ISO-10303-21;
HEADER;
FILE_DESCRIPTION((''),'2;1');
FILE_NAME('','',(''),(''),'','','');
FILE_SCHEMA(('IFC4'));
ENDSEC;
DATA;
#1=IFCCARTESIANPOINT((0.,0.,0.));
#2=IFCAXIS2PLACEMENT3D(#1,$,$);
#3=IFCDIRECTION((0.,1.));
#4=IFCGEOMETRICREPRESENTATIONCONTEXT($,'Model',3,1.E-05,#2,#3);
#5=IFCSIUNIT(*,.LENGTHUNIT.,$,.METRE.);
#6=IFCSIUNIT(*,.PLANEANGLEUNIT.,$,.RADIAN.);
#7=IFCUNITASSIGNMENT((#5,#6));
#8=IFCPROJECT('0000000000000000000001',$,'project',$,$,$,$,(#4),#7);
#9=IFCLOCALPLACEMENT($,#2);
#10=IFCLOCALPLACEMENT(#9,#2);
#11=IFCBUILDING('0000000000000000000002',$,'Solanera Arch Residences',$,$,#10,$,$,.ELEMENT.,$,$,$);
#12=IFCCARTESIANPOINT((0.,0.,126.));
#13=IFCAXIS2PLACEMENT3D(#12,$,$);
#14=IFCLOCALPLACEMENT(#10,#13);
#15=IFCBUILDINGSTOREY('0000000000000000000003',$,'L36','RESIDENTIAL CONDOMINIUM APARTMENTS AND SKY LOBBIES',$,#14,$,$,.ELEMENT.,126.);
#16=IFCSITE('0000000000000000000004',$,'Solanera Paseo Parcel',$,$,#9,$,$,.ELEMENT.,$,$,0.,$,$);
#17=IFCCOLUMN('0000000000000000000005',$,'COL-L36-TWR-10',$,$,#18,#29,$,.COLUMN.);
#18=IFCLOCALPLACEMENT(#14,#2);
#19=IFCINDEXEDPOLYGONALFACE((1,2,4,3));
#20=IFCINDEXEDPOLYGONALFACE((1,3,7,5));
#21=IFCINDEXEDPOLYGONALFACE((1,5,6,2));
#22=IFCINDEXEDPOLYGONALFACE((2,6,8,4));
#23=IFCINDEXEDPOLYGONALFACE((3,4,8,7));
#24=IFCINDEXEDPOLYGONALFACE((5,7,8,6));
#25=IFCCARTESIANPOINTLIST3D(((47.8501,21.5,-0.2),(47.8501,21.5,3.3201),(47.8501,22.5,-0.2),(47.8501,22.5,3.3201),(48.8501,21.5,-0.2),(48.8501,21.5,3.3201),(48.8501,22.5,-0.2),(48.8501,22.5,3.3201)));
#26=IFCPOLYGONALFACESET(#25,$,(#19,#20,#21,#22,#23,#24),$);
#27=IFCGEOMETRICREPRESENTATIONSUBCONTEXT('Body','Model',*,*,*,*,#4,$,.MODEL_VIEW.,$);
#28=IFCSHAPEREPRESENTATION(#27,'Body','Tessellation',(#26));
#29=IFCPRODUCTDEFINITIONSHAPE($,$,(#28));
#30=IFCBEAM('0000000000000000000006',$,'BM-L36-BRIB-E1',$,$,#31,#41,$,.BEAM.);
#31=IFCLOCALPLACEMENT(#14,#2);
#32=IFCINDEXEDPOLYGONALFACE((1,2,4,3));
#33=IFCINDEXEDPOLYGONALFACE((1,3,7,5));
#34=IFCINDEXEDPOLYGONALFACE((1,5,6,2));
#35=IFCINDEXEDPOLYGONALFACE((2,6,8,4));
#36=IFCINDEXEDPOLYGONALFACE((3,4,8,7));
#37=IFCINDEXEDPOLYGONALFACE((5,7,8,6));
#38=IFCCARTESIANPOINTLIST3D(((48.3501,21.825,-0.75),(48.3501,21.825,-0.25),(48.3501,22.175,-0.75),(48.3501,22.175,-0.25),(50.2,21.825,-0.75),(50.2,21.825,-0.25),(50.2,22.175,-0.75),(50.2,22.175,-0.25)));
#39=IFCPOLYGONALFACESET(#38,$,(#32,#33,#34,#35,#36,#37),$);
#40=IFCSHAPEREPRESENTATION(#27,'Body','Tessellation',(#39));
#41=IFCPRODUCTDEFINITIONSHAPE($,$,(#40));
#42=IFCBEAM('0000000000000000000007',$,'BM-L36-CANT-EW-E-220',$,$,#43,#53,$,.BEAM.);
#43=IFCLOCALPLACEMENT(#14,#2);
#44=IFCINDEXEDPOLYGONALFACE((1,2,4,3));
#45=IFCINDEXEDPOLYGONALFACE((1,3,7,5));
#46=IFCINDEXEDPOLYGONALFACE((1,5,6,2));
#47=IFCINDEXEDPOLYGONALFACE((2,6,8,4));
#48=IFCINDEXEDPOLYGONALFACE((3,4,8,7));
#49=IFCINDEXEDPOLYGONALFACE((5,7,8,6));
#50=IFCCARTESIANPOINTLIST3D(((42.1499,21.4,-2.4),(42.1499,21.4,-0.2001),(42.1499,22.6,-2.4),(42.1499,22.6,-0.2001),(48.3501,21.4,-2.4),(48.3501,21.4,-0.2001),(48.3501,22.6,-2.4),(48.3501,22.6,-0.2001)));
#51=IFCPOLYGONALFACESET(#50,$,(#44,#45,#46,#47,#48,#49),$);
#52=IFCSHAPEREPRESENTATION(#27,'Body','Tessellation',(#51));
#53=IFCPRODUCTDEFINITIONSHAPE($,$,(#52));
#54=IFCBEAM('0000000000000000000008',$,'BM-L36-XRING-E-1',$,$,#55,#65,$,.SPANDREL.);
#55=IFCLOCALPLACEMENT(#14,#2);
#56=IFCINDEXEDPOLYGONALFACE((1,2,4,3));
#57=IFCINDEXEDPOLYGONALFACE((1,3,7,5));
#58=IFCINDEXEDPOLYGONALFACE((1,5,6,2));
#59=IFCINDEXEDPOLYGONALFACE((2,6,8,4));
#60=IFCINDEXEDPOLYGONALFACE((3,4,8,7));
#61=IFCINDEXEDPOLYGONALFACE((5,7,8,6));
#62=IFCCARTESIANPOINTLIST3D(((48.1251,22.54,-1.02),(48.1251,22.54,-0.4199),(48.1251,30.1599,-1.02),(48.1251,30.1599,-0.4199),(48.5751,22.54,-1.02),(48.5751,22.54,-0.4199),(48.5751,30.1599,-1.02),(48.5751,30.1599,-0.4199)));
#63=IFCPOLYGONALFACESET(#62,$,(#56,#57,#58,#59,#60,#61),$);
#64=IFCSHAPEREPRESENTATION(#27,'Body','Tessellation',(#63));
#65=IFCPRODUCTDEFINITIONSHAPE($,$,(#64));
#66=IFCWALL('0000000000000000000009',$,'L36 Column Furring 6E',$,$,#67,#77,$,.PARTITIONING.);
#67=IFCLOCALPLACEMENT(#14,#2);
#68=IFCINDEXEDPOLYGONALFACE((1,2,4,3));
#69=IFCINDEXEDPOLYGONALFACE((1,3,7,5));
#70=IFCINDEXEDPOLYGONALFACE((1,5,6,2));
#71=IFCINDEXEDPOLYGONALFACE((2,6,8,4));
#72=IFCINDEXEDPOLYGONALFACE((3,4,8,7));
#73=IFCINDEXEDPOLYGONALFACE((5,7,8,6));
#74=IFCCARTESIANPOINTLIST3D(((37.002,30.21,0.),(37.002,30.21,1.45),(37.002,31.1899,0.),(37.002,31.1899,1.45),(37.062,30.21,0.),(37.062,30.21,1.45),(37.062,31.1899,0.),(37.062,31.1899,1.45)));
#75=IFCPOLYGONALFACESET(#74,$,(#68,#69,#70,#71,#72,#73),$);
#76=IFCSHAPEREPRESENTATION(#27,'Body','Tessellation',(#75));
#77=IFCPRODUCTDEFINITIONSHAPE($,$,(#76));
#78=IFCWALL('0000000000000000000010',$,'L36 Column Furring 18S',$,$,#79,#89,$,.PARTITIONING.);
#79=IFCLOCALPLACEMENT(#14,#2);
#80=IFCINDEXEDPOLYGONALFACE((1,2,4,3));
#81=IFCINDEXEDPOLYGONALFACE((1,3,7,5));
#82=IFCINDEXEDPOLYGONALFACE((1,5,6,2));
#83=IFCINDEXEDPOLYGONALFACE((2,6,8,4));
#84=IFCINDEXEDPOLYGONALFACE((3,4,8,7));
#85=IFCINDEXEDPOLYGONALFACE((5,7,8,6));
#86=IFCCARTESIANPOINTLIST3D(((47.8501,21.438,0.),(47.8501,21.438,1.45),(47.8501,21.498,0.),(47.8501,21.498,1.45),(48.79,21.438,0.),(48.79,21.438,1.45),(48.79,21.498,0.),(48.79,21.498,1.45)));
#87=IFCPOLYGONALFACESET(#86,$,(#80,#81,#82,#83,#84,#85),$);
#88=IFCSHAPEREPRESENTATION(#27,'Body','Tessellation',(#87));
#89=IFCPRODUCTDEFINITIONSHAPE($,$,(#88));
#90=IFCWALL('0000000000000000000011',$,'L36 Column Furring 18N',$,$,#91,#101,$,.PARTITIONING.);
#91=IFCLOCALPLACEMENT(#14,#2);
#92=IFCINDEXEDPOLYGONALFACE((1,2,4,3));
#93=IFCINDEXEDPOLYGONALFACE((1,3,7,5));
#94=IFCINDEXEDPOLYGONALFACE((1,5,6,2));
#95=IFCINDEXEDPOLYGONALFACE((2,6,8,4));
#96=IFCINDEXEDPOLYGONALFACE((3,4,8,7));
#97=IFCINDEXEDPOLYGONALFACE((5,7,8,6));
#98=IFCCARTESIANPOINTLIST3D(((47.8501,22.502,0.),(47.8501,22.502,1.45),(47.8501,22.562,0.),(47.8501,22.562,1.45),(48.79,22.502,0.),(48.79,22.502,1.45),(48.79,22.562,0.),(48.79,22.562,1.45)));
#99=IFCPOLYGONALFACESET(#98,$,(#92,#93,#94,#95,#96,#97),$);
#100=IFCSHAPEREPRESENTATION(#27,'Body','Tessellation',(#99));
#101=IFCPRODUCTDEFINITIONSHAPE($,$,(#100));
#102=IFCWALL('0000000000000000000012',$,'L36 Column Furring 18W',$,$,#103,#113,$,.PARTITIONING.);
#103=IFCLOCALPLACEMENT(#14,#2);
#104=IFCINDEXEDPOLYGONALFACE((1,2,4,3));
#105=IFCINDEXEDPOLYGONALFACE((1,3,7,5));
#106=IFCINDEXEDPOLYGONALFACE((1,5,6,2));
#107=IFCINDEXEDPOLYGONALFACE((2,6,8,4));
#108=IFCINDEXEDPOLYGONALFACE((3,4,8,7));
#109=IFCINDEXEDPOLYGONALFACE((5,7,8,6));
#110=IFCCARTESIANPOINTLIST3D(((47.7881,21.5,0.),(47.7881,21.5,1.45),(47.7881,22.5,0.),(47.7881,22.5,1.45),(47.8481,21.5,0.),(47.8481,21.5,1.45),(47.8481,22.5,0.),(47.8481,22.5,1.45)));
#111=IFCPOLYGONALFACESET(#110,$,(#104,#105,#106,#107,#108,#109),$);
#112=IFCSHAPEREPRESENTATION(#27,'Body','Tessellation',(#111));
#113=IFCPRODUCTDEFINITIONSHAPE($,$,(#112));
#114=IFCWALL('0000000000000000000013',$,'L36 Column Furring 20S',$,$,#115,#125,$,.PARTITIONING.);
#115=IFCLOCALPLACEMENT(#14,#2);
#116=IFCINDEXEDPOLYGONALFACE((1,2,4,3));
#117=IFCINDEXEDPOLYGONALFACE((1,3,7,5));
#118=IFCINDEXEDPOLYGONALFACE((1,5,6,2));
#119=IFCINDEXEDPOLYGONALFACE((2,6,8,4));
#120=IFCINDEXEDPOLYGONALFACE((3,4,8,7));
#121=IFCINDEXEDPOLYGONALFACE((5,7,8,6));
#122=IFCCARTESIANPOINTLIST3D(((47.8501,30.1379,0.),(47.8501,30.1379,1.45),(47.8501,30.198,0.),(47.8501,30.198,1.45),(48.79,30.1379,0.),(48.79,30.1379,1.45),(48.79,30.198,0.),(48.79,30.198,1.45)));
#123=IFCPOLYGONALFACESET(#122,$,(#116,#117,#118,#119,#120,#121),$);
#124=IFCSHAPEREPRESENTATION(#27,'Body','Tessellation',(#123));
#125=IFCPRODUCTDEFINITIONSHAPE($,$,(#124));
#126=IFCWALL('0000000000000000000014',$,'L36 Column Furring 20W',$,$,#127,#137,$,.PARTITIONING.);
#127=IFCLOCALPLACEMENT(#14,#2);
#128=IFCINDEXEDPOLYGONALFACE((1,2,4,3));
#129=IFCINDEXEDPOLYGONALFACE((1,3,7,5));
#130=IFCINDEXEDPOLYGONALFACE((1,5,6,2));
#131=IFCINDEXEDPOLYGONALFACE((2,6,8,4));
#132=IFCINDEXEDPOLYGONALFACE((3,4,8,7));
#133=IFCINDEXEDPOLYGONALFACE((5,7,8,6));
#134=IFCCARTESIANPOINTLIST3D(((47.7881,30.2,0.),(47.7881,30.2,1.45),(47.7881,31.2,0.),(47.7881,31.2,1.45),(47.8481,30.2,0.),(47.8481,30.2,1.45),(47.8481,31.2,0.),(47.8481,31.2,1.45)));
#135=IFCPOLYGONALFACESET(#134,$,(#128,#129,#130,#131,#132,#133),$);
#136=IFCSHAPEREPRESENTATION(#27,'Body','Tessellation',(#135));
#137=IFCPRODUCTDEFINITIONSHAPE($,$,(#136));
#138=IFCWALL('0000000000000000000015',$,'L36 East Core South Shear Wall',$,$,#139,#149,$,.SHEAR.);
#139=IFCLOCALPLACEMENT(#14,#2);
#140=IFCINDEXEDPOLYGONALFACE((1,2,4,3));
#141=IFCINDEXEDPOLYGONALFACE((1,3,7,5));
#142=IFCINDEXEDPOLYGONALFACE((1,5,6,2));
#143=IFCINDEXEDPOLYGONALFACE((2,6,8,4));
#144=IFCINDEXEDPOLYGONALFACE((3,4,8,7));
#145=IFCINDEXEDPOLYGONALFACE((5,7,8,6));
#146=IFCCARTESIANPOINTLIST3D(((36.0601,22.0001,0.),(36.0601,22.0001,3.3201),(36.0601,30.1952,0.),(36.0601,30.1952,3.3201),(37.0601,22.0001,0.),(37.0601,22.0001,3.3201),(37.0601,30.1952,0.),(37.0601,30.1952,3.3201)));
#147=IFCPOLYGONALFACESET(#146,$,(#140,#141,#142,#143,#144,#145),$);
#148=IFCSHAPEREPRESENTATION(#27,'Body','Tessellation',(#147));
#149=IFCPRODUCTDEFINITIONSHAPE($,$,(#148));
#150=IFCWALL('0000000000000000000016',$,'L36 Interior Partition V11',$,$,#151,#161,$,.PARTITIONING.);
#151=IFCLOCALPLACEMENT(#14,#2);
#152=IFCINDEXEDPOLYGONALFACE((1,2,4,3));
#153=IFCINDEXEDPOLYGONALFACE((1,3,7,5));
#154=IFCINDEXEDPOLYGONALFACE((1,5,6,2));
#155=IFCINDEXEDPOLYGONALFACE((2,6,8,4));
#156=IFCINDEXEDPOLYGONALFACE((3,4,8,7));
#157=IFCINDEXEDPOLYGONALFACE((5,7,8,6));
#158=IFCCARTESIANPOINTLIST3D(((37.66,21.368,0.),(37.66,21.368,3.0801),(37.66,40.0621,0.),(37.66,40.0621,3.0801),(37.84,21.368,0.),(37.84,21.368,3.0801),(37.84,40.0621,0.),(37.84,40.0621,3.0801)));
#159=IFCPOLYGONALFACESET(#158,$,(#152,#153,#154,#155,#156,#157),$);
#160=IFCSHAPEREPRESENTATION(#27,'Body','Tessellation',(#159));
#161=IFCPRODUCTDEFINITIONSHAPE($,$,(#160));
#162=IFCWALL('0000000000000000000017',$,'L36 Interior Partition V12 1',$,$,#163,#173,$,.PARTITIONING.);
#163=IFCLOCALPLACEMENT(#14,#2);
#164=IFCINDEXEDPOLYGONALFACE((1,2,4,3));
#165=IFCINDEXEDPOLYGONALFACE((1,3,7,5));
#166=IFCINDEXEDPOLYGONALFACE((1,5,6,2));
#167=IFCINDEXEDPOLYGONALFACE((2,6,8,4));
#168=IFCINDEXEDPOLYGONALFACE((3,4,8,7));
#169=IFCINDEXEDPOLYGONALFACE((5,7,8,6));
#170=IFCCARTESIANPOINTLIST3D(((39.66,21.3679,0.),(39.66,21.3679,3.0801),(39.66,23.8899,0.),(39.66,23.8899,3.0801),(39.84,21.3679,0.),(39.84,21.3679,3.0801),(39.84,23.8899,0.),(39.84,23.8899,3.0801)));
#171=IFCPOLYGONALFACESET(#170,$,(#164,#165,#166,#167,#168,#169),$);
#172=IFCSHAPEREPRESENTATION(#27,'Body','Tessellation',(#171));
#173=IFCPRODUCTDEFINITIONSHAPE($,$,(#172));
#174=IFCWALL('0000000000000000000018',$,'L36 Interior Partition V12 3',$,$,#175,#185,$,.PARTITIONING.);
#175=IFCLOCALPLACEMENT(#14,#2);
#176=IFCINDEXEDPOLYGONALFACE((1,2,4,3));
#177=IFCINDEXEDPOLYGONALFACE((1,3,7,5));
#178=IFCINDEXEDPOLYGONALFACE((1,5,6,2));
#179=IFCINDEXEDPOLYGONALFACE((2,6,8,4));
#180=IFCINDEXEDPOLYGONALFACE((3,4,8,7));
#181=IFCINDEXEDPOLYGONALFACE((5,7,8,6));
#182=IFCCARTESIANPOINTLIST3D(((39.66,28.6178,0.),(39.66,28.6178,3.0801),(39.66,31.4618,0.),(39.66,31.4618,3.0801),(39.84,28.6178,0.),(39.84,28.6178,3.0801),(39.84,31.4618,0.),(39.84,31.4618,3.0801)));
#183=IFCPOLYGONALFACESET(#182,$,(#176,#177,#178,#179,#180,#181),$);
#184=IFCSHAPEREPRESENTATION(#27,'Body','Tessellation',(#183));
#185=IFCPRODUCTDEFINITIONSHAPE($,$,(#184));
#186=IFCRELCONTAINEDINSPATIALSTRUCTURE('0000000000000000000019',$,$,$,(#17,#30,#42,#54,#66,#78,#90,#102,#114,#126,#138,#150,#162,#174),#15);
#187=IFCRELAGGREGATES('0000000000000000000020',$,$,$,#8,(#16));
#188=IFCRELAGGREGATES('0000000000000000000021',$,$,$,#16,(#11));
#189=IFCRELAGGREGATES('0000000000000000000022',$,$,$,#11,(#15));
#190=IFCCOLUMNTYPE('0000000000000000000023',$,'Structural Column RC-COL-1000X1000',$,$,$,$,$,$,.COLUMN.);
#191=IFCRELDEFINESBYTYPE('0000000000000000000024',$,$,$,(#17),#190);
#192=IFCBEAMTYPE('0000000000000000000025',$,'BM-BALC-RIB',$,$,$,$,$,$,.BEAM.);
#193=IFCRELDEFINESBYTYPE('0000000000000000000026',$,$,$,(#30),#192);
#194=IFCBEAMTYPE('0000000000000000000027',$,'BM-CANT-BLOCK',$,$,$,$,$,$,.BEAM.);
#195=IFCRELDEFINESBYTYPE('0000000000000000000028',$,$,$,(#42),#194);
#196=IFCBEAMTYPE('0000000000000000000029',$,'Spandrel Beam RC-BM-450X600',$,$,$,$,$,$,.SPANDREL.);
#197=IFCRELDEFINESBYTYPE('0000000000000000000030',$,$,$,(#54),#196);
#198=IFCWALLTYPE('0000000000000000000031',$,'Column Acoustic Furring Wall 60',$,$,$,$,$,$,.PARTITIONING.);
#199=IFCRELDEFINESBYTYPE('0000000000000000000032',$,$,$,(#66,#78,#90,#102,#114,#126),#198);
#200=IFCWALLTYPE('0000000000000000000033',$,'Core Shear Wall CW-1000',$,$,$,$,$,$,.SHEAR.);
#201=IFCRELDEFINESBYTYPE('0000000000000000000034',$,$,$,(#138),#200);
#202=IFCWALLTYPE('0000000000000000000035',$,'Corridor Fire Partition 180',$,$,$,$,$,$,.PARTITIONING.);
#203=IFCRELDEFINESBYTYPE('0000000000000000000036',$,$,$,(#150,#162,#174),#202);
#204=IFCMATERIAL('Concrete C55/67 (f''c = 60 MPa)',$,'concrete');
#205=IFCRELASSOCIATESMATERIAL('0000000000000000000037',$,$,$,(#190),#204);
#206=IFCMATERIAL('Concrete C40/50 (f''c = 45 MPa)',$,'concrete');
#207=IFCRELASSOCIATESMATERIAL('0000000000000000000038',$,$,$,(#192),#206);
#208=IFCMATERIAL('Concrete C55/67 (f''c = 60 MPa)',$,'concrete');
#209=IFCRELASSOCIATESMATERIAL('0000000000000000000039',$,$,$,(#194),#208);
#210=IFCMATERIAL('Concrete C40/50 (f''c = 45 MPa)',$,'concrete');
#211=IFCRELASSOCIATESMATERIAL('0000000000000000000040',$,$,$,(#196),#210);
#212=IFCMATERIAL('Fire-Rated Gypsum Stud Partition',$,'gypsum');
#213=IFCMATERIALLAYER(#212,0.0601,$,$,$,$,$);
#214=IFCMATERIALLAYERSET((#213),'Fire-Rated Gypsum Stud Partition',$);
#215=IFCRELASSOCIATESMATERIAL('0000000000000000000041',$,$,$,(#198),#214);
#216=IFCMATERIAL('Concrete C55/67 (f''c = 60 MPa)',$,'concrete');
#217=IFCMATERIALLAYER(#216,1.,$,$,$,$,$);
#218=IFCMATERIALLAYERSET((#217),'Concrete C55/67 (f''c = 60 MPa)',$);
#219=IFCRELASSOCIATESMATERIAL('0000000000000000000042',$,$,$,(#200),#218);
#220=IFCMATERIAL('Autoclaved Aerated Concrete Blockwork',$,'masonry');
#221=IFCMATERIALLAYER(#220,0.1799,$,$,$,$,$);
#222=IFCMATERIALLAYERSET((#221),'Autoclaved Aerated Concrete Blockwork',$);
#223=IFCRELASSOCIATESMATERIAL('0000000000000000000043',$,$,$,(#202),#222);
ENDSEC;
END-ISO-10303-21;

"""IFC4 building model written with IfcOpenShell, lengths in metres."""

from ifc_helpers import new_model, si_unit, direction, frame, frame_2d, origin, origin_2d, place, context, subcontext, project, spatial, rectangle, extrude, material, layer, layer_set, material_profile, profile_set, type_object, element, save


model = new_model("IFC4")

# Units and contexts
model_context = context("Model", 3, precision=1e-05, world=origin(), true_north=direction((0.0, 1.0)))
body_context = subcontext(model_context, "Body", "Model", "MODEL_VIEW")
ifc_project = project(units=[si_unit("LENGTHUNIT", "METRE"), si_unit("PLANEANGLEUNIT", "RADIAN")], contexts=[model_context])

# Site, building, storey
site_placement = place(None, origin())
site = spatial("IfcSite", under=ifc_project, at=site_placement, Name="Solanera Paseo Parcel", CompositionType="ELEMENT", RefElevation=0.0)
building_placement = place(site_placement, origin())
building = spatial("IfcBuilding", under=site, at=building_placement, Name="Solanera Arch Residences", CompositionType="ELEMENT")
storey_placement = place(building_placement, frame((0.0, 0.0, 126.0)))
storey = spatial("IfcBuildingStorey", under=building, at=storey_placement, Name="L36", Description="RESIDENTIAL CONDOMINIUM APARTMENTS AND SKY LOBBIES", CompositionType="ELEMENT", Elevation=126.0)

# Column
ifc_material_1 = material(Name="Concrete C55/67 (f'c = 60 MPa)", Category="concrete")
ifc_material_profile_1 = material_profile(ifc_material_1, rectangle(XDim=1.0, YDim=1.0, at=origin_2d()))
ifc_profile_set_1 = profile_set([ifc_material_profile_1], Name="Concrete C55/67 (f'c = 60 MPa)")
column_type = type_object("IfcColumnType", Name="Structural Column RC-COL-1000X1000", PredefinedType="COLUMN", material=ifc_profile_set_1)
column_placement = place(storey_placement, frame((48.3501, 22.0, -0.2), z_axis=(0.0, 0.0, 1.0), x_axis=(1.0, 0.0, 0.0)))
element("IfcColumn", 1, at=column_placement, inside=storey, type_object=column_type, Name="COL-L36-TWR-10", PredefinedType="COLUMN", context=body_context, shape_type="SweptSolid", body=[
    extrude(rectangle(XDim=1.0, YDim=1.0, at=origin_2d()), origin(), (0.0, 0.0, 1.0), 3.52),
])

# Beams
ifc_material_2 = material(Name="Concrete C40/50 (f'c = 45 MPa)", Category="concrete")
ifc_material_profile_2 = material_profile(ifc_material_2, rectangle(XDim=0.3501, YDim=0.5, at=origin_2d()))
ifc_profile_set_2 = profile_set([ifc_material_profile_2], Name="Concrete C40/50 (f'c = 45 MPa)")
beam_type_1 = type_object("IfcBeamType", Name="BM-BALC-RIB", PredefinedType="BEAM", material=ifc_profile_set_2)
beam_1_placement = place(storey_placement, frame((48.3501, 22.0, -0.5), z_axis=(1.0, 0.0, 0.0), x_axis=(0.0, 1.0, 0.0)))
element("IfcBeam", 2, at=beam_1_placement, inside=storey, type_object=beam_type_1, Name="BM-L36-BRIB-E1", PredefinedType="BEAM", context=body_context, shape_type="SweptSolid", body=[
    extrude(rectangle(XDim=0.3501, YDim=0.5, at=origin_2d()), origin(), (0.0, 0.0, 1.0), 1.8499),
])
ifc_material_3 = material(Name="Concrete C55/67 (f'c = 60 MPa)", Category="concrete")
ifc_material_profile_3 = material_profile(ifc_material_3, rectangle(XDim=1.2, YDim=2.2, at=origin_2d()))
ifc_profile_set_3 = profile_set([ifc_material_profile_3], Name="Concrete C55/67 (f'c = 60 MPa)")
beam_type_2 = type_object("IfcBeamType", Name="BM-CANT-BLOCK", PredefinedType="BEAM", material=ifc_profile_set_3)
beam_2_placement = place(storey_placement, frame((42.1499, 22.0, -1.3), z_axis=(1.0, 0.0, 0.0), x_axis=(0.0, 1.0, 0.0)))
element("IfcBeam", 3, at=beam_2_placement, inside=storey, type_object=beam_type_2, Name="BM-L36-CANT-EW-E-220", PredefinedType="BEAM", context=body_context, shape_type="SweptSolid", body=[
    extrude(rectangle(XDim=1.2, YDim=2.2, at=origin_2d()), origin(), (0.0, 0.0, 1.0), 6.2002),
])
ifc_material_4 = material(Name="Concrete C40/50 (f'c = 45 MPa)", Category="concrete")
ifc_material_profile_4 = material_profile(ifc_material_4, rectangle(XDim=0.45, YDim=0.6001, at=origin_2d()))
ifc_profile_set_4 = profile_set([ifc_material_profile_4], Name="Concrete C40/50 (f'c = 45 MPa)")
beam_type_3 = type_object("IfcBeamType", Name="Spandrel Beam RC-BM-450X600", PredefinedType="SPANDREL", material=ifc_profile_set_4)
beam_3_placement = place(storey_placement, frame((48.3501, 22.54, -0.72), z_axis=(0.0, 1.0, 0.0), x_axis=(-1.0, 0.0, 0.0)))
element("IfcBeam", 4, at=beam_3_placement, inside=storey, type_object=beam_type_3, Name="BM-L36-XRING-E-1", PredefinedType="SPANDREL", context=body_context, shape_type="SweptSolid", body=[
    extrude(rectangle(XDim=0.45, YDim=0.6001, at=origin_2d()), origin(), (0.0, 0.0, 1.0), 7.6199),
])

# Walls
ifc_material_5 = material(Name="Fire-Rated Gypsum Stud Partition", Category="gypsum")
ifc_layer_1 = layer(ifc_material_5, 0.0601)
ifc_layer_set_1 = layer_set([ifc_layer_1], Name="Fire-Rated Gypsum Stud Partition")
wall_type_1 = type_object("IfcWallType", Name="Column Acoustic Furring Wall 60", PredefinedType="PARTITIONING", material=ifc_layer_set_1)
wall_1_placement = place(storey_placement, frame((37.032, 30.21, 0.0), z_axis=(0.0, 0.0, 1.0), x_axis=(0.0, 1.0, 0.0)))
element("IfcWall", 5, at=wall_1_placement, inside=storey, type_object=wall_type_1, Name="L36 Column Furring 6E", PredefinedType="PARTITIONING", context=body_context, shape_type="SweptSolid", body=[
    extrude(rectangle(XDim=0.98, YDim=0.0601, at=frame_2d((0.49, 0.0))), origin(), (0.0, 0.0, 1.0), 1.45),
])
for number, where, z_axis, x_axis, name in (
    (6, (47.8501, 21.468, 0.0), (0.0, 0.0, 1.0), (1.0, 0.0, 0.0), "L36 Column Furring 18S"),
    (7, (47.8501, 22.532, 0.0), (0.0, 0.0, 1.0), (1.0, 0.0, 0.0), "L36 Column Furring 18N"),
):
    element("IfcWall", number, at=place(storey_placement, frame(where, z_axis=z_axis, x_axis=x_axis)), inside=storey, type_object=wall_type_1, Name=name, PredefinedType="PARTITIONING", context=body_context, shape_type="SweptSolid", body=[
        extrude(rectangle(XDim=0.9399, YDim=0.0601, at=frame_2d((0.47, 0.0))), origin(), (0.0, 0.0, 1.0), 1.45),
    ])
wall_2_placement = place(storey_placement, frame((47.8181, 21.5, 0.0), z_axis=(0.0, 0.0, 1.0), x_axis=(0.0, 1.0, 0.0)))
element("IfcWall", 8, at=wall_2_placement, inside=storey, type_object=wall_type_1, Name="L36 Column Furring 18W", PredefinedType="PARTITIONING", context=body_context, shape_type="SweptSolid", body=[
    extrude(rectangle(XDim=1.0, YDim=0.0601, at=frame_2d((0.5, 0.0))), origin(), (0.0, 0.0, 1.0), 1.45),
])
wall_3_placement = place(storey_placement, frame((47.8501, 30.168, 0.0), z_axis=(0.0, 0.0, 1.0), x_axis=(1.0, 0.0, 0.0)))
element("IfcWall", 9, at=wall_3_placement, inside=storey, type_object=wall_type_1, Name="L36 Column Furring 20S", PredefinedType="PARTITIONING", context=body_context, shape_type="SweptSolid", body=[
    extrude(rectangle(XDim=0.9399, YDim=0.0601, at=frame_2d((0.47, 0.0))), origin(), (0.0, 0.0, 1.0), 1.45),
])
wall_4_placement = place(storey_placement, frame((47.8181, 30.2, 0.0), z_axis=(0.0, 0.0, 1.0), x_axis=(0.0, 1.0, 0.0)))
element("IfcWall", 10, at=wall_4_placement, inside=storey, type_object=wall_type_1, Name="L36 Column Furring 20W", PredefinedType="PARTITIONING", context=body_context, shape_type="SweptSolid", body=[
    extrude(rectangle(XDim=1.0, YDim=0.0601, at=frame_2d((0.5, 0.0))), origin(), (0.0, 0.0, 1.0), 1.45),
])
ifc_material_6 = material(Name="Concrete C55/67 (f'c = 60 MPa)", Category="concrete")
ifc_layer_2 = layer(ifc_material_6, 1.0)
ifc_layer_set_2 = layer_set([ifc_layer_2], Name="Concrete C55/67 (f'c = 60 MPa)")
wall_type_2 = type_object("IfcWallType", Name="Core Shear Wall CW-1000", PredefinedType="SHEAR", material=ifc_layer_set_2)
wall_5_placement = place(storey_placement, frame((36.5601, 22.0, 0.0), z_axis=(0.0, 0.0, 1.0), x_axis=(0.0, 1.0, 0.0)))
element("IfcWall", 11, at=wall_5_placement, inside=storey, type_object=wall_type_2, Name="L36 East Core South Shear Wall", PredefinedType="SHEAR", context=body_context, shape_type="SweptSolid", body=[
    extrude(rectangle(XDim=8.1951, YDim=1.0, at=frame_2d((4.0977, 0.0))), origin(), (0.0, 0.0, 1.0), 3.3201),
])
ifc_material_7 = material(Name="Autoclaved Aerated Concrete Blockwork", Category="masonry")
ifc_layer_3 = layer(ifc_material_7, 0.1799)
ifc_layer_set_3 = layer_set([ifc_layer_3], Name="Autoclaved Aerated Concrete Blockwork")
wall_type_3 = type_object("IfcWallType", Name="Corridor Fire Partition 180", PredefinedType="PARTITIONING", material=ifc_layer_set_3)
wall_6_placement = place(storey_placement, frame((37.75, 21.3679, 0.0), z_axis=(0.0, 0.0, 1.0), x_axis=(0.0, 1.0, 0.0)))
element("IfcWall", 12, at=wall_6_placement, inside=storey, type_object=wall_type_3, Name="L36 Interior Partition V11", PredefinedType="PARTITIONING", context=body_context, shape_type="SweptSolid", body=[
    extrude(rectangle(XDim=18.6941, YDim=0.1799, at=frame_2d((9.3472, 0.0))), origin(), (0.0, 0.0, 1.0), 3.0801),
])
wall_7_placement = place(storey_placement, frame((39.75, 21.3679, 0.0), z_axis=(0.0, 0.0, 1.0), x_axis=(0.0, 1.0, 0.0)))
element("IfcWall", 13, at=wall_7_placement, inside=storey, type_object=wall_type_3, Name="L36 Interior Partition V12 1", PredefinedType="PARTITIONING", context=body_context, shape_type="SweptSolid", body=[
    extrude(rectangle(XDim=2.522, YDim=0.1799, at=frame_2d((1.261, 0.0))), origin(), (0.0, 0.0, 1.0), 3.0801),
])

# Wall
wall_8_placement = place(storey_placement, frame((39.75, 28.6179, 0.0), z_axis=(0.0, 0.0, 1.0), x_axis=(0.0, 1.0, 0.0)))
element("IfcWall", 14, at=wall_8_placement, inside=storey, type_object=wall_type_3, Name="L36 Interior Partition V12 3", PredefinedType="PARTITIONING", context=body_context, shape_type="SweptSolid", body=[
    extrude(rectangle(XDim=2.844, YDim=0.1799, at=frame_2d((1.4219, 0.0))), origin(), (0.0, 0.0, 1.0), 3.0801),
])

save(model, "model.ifc")
